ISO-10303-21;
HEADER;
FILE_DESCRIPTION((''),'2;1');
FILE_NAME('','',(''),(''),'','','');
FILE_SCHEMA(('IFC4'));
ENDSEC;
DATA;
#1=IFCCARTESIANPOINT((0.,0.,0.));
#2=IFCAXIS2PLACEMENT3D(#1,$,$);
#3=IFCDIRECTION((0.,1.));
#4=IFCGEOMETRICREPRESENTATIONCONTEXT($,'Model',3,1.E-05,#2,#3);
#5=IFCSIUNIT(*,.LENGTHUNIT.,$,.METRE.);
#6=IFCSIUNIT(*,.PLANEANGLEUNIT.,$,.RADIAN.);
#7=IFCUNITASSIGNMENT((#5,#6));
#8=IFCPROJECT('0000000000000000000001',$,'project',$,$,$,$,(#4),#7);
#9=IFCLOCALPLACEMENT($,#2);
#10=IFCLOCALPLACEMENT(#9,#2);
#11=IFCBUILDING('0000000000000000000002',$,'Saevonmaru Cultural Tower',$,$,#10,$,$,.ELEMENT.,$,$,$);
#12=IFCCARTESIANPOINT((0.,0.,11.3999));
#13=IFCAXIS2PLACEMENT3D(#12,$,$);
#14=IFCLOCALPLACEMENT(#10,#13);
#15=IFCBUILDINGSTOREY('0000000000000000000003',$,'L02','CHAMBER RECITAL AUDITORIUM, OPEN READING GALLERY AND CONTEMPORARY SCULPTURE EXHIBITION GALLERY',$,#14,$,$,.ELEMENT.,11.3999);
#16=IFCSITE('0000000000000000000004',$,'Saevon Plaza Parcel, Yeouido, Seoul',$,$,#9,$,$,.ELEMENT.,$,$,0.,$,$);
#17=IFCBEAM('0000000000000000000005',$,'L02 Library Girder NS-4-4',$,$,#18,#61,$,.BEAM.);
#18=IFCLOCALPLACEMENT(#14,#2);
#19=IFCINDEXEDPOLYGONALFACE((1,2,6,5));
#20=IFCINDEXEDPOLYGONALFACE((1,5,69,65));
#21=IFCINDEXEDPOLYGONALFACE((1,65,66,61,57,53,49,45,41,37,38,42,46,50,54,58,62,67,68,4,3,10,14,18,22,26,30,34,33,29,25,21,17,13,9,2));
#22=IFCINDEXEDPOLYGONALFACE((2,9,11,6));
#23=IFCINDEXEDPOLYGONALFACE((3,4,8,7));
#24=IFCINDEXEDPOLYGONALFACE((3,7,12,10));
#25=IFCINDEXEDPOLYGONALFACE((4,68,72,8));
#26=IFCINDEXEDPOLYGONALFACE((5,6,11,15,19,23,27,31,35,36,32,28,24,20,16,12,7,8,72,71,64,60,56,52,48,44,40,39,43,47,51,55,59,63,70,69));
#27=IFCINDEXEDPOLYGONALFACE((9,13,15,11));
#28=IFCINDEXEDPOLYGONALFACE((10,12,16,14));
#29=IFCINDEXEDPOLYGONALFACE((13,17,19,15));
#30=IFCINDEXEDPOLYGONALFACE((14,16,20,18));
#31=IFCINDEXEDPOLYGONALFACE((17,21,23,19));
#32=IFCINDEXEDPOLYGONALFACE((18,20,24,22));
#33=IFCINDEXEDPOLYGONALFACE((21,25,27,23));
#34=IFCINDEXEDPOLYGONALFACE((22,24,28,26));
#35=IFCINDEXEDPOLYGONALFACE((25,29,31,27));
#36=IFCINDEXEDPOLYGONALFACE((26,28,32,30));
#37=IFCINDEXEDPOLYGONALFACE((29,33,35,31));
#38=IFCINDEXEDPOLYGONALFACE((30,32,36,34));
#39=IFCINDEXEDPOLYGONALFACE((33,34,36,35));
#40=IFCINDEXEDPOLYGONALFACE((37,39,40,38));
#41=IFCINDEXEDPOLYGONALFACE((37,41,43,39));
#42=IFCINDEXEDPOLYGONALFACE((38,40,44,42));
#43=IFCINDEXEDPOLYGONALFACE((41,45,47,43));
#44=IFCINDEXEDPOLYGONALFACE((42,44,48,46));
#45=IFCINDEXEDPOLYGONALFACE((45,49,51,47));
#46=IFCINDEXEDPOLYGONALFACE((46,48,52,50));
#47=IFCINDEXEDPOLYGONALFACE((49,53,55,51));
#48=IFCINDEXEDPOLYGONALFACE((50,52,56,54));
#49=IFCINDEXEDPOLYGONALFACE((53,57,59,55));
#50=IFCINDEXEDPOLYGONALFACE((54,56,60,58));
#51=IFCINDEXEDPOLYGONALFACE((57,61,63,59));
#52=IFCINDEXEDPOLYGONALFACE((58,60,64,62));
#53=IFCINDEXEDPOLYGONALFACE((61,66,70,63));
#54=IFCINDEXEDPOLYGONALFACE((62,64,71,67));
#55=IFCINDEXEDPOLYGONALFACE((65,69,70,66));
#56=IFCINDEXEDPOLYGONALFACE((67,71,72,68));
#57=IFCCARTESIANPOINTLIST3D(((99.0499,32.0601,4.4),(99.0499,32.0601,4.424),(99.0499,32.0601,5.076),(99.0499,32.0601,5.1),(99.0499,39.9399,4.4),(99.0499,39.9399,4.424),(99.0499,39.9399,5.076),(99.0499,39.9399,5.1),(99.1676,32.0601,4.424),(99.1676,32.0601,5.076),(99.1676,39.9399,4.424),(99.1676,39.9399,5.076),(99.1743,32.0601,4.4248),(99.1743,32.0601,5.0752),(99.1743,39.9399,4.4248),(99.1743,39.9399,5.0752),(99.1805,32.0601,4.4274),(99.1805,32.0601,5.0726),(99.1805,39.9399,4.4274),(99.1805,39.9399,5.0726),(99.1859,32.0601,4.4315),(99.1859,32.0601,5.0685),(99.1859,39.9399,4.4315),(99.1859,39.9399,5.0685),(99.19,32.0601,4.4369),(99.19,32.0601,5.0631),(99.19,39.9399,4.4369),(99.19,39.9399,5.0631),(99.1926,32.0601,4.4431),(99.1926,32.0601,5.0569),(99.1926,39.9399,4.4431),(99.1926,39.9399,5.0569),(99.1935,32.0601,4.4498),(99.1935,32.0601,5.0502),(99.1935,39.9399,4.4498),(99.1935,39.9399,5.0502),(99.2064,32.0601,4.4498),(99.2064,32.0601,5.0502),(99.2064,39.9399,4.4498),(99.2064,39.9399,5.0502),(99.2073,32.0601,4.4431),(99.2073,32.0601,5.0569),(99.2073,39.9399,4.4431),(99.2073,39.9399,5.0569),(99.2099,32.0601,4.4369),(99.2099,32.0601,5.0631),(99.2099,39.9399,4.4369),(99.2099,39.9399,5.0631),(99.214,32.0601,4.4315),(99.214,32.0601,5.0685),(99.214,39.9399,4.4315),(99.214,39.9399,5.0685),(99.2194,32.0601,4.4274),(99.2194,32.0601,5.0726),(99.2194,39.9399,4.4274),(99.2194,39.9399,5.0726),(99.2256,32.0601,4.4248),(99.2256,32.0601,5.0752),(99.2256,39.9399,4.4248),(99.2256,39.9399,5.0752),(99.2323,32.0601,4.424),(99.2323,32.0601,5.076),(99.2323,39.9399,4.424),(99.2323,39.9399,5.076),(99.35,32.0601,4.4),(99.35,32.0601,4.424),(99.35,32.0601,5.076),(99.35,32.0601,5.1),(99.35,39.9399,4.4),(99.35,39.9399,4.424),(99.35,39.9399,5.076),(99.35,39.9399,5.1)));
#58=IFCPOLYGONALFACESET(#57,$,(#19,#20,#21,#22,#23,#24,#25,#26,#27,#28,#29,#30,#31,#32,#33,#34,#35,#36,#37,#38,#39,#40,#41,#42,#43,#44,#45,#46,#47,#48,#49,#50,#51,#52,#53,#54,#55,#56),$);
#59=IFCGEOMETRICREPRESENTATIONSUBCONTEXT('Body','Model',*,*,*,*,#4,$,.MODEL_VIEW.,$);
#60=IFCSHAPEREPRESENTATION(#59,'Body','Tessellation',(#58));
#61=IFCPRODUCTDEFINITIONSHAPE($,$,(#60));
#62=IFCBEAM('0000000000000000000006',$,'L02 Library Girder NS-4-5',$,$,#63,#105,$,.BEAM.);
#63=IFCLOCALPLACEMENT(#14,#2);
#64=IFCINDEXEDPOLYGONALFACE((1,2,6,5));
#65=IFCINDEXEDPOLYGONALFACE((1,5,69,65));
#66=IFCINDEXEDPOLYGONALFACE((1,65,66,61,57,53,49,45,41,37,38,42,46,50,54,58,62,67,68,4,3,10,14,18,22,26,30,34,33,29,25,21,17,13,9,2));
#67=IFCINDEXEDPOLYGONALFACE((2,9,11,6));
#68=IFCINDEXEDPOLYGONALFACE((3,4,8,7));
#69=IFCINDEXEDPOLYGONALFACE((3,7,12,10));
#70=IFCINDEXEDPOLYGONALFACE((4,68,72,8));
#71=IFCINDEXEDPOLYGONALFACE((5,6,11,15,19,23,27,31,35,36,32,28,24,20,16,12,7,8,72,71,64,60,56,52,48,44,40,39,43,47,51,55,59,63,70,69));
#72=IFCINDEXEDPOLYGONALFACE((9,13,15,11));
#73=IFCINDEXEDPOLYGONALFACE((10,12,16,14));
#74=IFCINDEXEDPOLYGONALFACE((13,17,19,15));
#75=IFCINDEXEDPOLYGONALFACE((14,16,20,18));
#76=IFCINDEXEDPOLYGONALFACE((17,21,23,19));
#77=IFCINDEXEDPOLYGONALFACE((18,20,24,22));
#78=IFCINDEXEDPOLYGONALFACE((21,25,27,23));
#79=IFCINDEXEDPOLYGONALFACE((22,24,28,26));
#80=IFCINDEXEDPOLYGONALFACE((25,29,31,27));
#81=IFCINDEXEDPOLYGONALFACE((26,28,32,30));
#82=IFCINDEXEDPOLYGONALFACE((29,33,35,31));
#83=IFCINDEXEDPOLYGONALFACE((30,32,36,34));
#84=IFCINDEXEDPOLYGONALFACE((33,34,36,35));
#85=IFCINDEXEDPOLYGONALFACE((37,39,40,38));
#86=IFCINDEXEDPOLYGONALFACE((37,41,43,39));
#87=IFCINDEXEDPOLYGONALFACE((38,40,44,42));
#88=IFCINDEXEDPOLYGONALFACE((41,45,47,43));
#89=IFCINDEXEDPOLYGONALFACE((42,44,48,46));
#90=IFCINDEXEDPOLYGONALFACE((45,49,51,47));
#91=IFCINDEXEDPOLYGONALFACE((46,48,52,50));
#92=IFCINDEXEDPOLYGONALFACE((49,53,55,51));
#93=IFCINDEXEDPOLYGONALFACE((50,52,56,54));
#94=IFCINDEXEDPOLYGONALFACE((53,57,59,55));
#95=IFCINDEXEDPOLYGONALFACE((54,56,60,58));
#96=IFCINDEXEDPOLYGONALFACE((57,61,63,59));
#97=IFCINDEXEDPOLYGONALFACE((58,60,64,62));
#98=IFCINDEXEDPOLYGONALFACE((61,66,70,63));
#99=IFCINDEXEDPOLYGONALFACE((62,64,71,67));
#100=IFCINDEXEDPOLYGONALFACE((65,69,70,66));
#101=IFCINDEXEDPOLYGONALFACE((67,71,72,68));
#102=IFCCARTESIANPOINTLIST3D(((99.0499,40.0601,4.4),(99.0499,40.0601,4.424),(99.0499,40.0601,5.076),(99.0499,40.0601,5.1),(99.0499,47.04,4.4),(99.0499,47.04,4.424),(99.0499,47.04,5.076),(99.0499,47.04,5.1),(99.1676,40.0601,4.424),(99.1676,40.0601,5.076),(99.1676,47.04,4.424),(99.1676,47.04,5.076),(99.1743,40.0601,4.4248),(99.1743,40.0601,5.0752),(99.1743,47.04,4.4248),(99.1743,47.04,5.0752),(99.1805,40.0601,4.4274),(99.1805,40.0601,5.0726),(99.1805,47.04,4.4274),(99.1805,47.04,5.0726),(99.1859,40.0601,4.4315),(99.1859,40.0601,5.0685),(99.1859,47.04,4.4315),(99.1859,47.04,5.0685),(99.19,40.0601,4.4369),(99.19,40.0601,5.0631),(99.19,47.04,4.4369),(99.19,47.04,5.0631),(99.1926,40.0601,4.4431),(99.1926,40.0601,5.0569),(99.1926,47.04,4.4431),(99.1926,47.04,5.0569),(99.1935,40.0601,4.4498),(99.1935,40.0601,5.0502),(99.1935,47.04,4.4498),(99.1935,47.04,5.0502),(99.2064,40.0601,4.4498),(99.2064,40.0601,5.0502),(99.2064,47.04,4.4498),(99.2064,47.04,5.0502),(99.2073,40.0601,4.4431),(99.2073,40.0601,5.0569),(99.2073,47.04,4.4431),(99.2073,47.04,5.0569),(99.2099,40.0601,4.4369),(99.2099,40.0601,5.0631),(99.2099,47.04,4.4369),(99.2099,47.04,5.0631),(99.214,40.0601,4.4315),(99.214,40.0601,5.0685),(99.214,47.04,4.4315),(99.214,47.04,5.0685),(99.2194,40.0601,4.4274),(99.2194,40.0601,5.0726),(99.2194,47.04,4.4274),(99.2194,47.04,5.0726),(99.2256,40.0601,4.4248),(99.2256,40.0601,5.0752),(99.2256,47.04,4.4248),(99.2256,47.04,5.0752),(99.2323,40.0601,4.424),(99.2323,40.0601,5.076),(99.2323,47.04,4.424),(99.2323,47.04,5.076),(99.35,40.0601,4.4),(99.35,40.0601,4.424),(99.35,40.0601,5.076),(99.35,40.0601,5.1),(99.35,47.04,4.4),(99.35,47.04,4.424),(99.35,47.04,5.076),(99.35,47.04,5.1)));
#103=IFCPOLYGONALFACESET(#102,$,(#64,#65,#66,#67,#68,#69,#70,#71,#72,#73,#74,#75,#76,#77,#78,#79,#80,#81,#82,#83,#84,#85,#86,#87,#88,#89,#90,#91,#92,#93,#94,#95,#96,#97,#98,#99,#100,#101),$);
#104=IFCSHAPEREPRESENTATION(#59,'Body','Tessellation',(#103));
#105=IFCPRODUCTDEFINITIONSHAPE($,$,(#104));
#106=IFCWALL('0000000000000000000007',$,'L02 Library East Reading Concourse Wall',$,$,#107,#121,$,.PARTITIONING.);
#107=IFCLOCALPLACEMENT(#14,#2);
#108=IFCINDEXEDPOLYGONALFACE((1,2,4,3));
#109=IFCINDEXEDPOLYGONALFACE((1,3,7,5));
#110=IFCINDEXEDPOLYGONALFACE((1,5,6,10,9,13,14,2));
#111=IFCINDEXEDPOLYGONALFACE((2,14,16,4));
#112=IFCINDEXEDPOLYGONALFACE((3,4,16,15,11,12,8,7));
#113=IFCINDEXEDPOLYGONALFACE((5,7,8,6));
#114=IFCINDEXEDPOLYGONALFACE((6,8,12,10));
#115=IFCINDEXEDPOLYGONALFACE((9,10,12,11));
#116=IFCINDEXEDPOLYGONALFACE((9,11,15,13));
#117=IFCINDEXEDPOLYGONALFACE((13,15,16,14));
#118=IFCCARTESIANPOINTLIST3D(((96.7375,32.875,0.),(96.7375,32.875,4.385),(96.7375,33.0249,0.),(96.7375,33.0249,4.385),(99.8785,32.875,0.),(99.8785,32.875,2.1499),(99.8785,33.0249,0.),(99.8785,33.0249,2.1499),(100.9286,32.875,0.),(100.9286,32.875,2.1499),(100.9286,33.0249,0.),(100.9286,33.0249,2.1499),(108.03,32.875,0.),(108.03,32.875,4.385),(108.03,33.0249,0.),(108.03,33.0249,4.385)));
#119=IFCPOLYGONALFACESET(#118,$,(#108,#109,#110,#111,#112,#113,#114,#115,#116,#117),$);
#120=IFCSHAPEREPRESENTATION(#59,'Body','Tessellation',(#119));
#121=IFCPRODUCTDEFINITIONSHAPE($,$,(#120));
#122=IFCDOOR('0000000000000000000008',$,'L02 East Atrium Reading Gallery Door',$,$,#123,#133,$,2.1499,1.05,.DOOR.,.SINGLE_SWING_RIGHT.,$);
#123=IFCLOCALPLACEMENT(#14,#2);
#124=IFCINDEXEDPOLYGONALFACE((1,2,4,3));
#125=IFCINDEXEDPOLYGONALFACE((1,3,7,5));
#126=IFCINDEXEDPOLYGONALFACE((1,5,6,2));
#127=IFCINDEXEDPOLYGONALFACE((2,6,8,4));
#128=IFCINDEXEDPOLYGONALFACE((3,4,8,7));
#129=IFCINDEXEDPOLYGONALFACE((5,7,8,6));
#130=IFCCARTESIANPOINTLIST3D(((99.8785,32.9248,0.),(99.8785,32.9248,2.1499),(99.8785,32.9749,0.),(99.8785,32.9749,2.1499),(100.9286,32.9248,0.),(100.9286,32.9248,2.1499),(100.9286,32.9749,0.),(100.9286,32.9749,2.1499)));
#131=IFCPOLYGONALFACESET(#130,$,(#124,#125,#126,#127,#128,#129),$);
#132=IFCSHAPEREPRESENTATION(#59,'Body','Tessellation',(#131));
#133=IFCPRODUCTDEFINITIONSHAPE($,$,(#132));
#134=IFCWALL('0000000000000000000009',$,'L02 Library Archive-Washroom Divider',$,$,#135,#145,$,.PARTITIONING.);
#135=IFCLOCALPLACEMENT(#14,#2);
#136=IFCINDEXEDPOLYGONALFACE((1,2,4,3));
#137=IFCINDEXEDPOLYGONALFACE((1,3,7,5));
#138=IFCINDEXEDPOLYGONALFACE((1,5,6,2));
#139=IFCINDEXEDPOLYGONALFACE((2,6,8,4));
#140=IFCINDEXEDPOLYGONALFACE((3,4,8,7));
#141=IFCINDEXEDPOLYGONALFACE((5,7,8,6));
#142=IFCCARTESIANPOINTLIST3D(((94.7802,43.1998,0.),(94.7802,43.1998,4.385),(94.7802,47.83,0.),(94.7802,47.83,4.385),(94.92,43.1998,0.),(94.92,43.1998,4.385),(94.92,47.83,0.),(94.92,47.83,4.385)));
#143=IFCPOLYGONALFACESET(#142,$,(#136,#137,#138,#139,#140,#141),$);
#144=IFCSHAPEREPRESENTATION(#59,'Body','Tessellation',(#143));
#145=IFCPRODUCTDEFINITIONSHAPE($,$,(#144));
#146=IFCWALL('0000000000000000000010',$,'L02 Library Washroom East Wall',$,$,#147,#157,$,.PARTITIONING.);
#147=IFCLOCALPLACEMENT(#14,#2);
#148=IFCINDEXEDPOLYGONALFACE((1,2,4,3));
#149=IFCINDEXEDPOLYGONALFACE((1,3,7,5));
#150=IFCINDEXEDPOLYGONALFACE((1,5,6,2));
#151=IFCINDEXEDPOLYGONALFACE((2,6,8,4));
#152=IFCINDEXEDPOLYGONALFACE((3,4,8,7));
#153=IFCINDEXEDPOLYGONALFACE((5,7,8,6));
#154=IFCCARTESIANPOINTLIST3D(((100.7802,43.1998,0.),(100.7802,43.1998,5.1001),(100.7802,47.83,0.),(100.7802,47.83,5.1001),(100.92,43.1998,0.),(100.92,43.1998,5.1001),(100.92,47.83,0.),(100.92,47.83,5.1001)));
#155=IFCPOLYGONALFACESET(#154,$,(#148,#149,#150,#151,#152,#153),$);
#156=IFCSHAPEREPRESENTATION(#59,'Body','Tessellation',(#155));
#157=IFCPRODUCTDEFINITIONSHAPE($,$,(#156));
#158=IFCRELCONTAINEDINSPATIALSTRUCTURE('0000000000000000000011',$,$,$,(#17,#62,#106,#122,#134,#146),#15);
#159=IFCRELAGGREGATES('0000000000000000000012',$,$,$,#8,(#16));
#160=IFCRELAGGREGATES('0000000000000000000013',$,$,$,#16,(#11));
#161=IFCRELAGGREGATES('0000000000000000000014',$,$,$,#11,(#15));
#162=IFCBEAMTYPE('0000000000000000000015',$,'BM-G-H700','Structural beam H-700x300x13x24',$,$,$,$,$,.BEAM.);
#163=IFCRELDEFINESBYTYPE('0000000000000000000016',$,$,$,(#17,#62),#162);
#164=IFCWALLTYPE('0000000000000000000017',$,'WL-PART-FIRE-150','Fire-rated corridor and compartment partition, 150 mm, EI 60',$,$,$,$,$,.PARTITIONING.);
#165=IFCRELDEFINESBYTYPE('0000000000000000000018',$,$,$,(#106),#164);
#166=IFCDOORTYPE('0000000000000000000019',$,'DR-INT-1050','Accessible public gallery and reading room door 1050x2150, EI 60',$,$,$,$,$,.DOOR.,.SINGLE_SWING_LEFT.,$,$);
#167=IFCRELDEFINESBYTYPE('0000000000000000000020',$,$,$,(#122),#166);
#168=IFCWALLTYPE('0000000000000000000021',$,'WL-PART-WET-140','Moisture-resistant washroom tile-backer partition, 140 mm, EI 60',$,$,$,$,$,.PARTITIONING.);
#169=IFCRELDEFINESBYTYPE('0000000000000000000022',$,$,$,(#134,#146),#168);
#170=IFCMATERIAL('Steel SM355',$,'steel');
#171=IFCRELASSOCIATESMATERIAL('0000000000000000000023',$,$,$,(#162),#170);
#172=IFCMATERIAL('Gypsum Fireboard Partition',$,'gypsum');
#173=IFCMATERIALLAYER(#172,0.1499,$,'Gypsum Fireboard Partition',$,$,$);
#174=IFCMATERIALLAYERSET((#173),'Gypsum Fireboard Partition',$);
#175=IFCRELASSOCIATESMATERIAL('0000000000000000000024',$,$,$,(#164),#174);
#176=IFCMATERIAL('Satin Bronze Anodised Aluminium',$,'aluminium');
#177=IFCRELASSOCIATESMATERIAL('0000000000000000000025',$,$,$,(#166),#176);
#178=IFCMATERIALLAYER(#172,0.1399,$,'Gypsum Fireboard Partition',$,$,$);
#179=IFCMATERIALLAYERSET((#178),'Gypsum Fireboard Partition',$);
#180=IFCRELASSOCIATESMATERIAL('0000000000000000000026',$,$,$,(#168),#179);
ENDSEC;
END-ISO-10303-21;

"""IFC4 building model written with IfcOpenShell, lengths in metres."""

from ifc_helpers import new_model, si_unit, direction, frame, frame_2d, origin, origin_2d, place, context, subcontext, project, spatial, rectangle, i_section, extrude, material, layer, layer_set, material_profile, profile_set, type_object, element, fill, save


model = new_model("IFC4")

# Units and contexts
model_context = context("Model", 3, precision=1e-05, world=origin(), true_north=direction((0.0, 1.0)))
body_context = subcontext(model_context, "Body", "Model", "MODEL_VIEW")
ifc_project = project(units=[si_unit("LENGTHUNIT", "METRE"), si_unit("PLANEANGLEUNIT", "RADIAN")], contexts=[model_context])

# Site, building, storey
site_placement = place(None, origin())
site = spatial("IfcSite", under=ifc_project, at=site_placement, Name="Saevon Plaza Parcel, Yeouido, Seoul", CompositionType="ELEMENT", RefElevation=0.0)
building_placement = place(site_placement, origin())
building = spatial("IfcBuilding", under=site, at=building_placement, Name="Saevonmaru Cultural Tower", CompositionType="ELEMENT")
storey_placement = place(building_placement, frame((0.0, 0.0, 11.3999)))
storey = spatial("IfcBuildingStorey", under=building, at=storey_placement, Name="L02", Description="CHAMBER RECITAL AUDITORIUM, OPEN READING GALLERY AND CONTEMPORARY SCULPTURE EXHIBITION GALLERY", CompositionType="ELEMENT", Elevation=11.3999)

# Shared definitions
ifc_material_1 = material(Name="Steel SM355", Category="steel")

# Beams
ifc_material_profile_1 = material_profile(ifc_material_1, i_section(OverallWidth=0.3, OverallDepth=0.7, WebThickness=0.0129, FlangeThickness=0.0239, FilletRadius=0.0259, at=origin_2d()), Name="H-700x300x13x24")
ifc_profile_set_1 = profile_set([ifc_material_profile_1], Name="Steel SM355")
beam_type = type_object("IfcBeamType", Name="BM-G-H700", Description="Structural beam H-700x300x13x24", PredefinedType="BEAM", material=ifc_profile_set_1)
beam_1_placement = place(storey_placement, frame((99.2, 32.0601, 4.75), z_axis=(0.0, 1.0, 0.0), x_axis=(-1.0, 0.0, 0.0)))
element("IfcBeam", 1, at=beam_1_placement, inside=storey, type_object=beam_type, Name="L02 Library Girder NS-4-4", PredefinedType="BEAM", context=body_context, shape_type="SweptSolid", body=[
    extrude(i_section(OverallWidth=0.3, OverallDepth=0.7, WebThickness=0.0129, FlangeThickness=0.0239, FilletRadius=0.0259, at=origin_2d()), origin(), (0.0, 0.0, 1.0), 7.8799),
])
beam_2_placement = place(storey_placement, frame((99.2, 40.0601, 4.75), z_axis=(0.0, 1.0, 0.0), x_axis=(-1.0, 0.0, 0.0)))
element("IfcBeam", 2, at=beam_2_placement, inside=storey, type_object=beam_type, Name="L02 Library Girder NS-4-5", PredefinedType="BEAM", context=body_context, shape_type="SweptSolid", body=[
    extrude(i_section(OverallWidth=0.3, OverallDepth=0.7, WebThickness=0.0129, FlangeThickness=0.0239, FilletRadius=0.0259, at=origin_2d()), origin(), (0.0, 0.0, 1.0), 6.98),
])

# Wall, opening, door
ifc_material_2 = material(Name="Gypsum Fireboard Partition", Category="gypsum")
ifc_layer_1 = layer(ifc_material_2, 0.1499, Name="Gypsum Fireboard Partition")
ifc_layer_set_1 = layer_set([ifc_layer_1], Name="Gypsum Fireboard Partition")
wall_type_1 = type_object("IfcWallType", Name="WL-PART-FIRE-150", Description="Fire-rated corridor and compartment partition, 150 mm, EI 60", PredefinedType="PARTITIONING", material=ifc_layer_set_1)
wall_1_placement = place(storey_placement, frame((96.7375, 32.95, 0.0), z_axis=(0.0, 0.0, 1.0), x_axis=(1.0, 0.0, 0.0)))
wall_1 = element("IfcWall", 3, at=wall_1_placement, inside=storey, type_object=wall_type_1, Name="L02 Library East Reading Concourse Wall", PredefinedType="PARTITIONING", context=body_context, shape_type="SweptSolid", body=[
    extrude(rectangle(XDim=11.2925, YDim=0.1499, at=frame_2d((5.6462, 0.0))), origin(), (0.0, 0.0, 1.0), 4.385),
])
opening_1_placement = place(wall_1_placement, frame((3.1411, 0.0, 0.0)))
opening_1 = element("IfcOpeningElement", 4, at=opening_1_placement, cuts=wall_1, PredefinedType="OPENING", context=body_context, shape_type="SweptSolid", body=[
    extrude(rectangle(XDim=1.05, YDim=2.1499, at=frame_2d((0.5249, 1.075))), frame((0.0, 0.085, 0.0), z_axis=(0.0, -1.0, 0.0), x_axis=(1.0, 0.0, 0.0)), (0.0, 0.0, 1.0), 0.1699),
])
ifc_material_3 = material(Name="Satin Bronze Anodised Aluminium", Category="aluminium")
door_type_1 = type_object("IfcDoorType", Name="DR-INT-1050", Description="Accessible public gallery and reading room door 1050x2150, EI 60", OperationType="SINGLE_SWING_LEFT", PredefinedType="DOOR", material=ifc_material_3)
door_1_placement = place(opening_1_placement, origin())
door_1 = element("IfcDoor", 5, at=door_1_placement, inside=storey, type_object=door_type_1, Name="L02 East Atrium Reading Gallery Door", OperationType="SINGLE_SWING_RIGHT", OverallHeight=2.1499, OverallWidth=1.05, PredefinedType="DOOR", context=body_context, shape_type="SweptSolid", body=[
    extrude(rectangle(XDim=1.05, YDim=2.1499, at=frame_2d((0.5249, 1.075))), frame((0.0, 0.0249, 0.0), z_axis=(0.0, -1.0, 0.0), x_axis=(1.0, 0.0, 0.0)), (0.0, 0.0, 1.0), 0.05),
])
fill(opening_1, door_1)

# Walls
ifc_layer_2 = layer(ifc_material_2, 0.1399, Name="Gypsum Fireboard Partition")
ifc_layer_set_2 = layer_set([ifc_layer_2], Name="Gypsum Fireboard Partition")
wall_type_2 = type_object("IfcWallType", Name="WL-PART-WET-140", Description="Moisture-resistant washroom tile-backer partition, 140 mm, EI 60", PredefinedType="PARTITIONING", material=ifc_layer_set_2)
wall_2_placement = place(storey_placement, frame((94.8501, 43.2, 0.0), z_axis=(0.0, 0.0, 1.0), x_axis=(0.0, 1.0, 0.0)))
element("IfcWall", 6, at=wall_2_placement, inside=storey, type_object=wall_type_2, Name="L02 Library Archive-Washroom Divider", PredefinedType="PARTITIONING", context=body_context, shape_type="SweptSolid", body=[
    extrude(rectangle(XDim=4.6301, YDim=0.1399, at=frame_2d((2.3149, 0.0))), origin(), (0.0, 0.0, 1.0), 4.385),
])
wall_3_placement = place(storey_placement, frame((100.8501, 43.2, 0.0), z_axis=(0.0, 0.0, 1.0), x_axis=(0.0, 1.0, 0.0)))
element("IfcWall", 7, at=wall_3_placement, inside=storey, type_object=wall_type_2, Name="L02 Library Washroom East Wall", PredefinedType="PARTITIONING", context=body_context, shape_type="SweptSolid", body=[
    extrude(rectangle(XDim=4.6301, YDim=0.1399, at=frame_2d((2.3149, 0.0))), origin(), (0.0, 0.0, 1.0), 5.1001),
])

save(model, "model.ifc")
